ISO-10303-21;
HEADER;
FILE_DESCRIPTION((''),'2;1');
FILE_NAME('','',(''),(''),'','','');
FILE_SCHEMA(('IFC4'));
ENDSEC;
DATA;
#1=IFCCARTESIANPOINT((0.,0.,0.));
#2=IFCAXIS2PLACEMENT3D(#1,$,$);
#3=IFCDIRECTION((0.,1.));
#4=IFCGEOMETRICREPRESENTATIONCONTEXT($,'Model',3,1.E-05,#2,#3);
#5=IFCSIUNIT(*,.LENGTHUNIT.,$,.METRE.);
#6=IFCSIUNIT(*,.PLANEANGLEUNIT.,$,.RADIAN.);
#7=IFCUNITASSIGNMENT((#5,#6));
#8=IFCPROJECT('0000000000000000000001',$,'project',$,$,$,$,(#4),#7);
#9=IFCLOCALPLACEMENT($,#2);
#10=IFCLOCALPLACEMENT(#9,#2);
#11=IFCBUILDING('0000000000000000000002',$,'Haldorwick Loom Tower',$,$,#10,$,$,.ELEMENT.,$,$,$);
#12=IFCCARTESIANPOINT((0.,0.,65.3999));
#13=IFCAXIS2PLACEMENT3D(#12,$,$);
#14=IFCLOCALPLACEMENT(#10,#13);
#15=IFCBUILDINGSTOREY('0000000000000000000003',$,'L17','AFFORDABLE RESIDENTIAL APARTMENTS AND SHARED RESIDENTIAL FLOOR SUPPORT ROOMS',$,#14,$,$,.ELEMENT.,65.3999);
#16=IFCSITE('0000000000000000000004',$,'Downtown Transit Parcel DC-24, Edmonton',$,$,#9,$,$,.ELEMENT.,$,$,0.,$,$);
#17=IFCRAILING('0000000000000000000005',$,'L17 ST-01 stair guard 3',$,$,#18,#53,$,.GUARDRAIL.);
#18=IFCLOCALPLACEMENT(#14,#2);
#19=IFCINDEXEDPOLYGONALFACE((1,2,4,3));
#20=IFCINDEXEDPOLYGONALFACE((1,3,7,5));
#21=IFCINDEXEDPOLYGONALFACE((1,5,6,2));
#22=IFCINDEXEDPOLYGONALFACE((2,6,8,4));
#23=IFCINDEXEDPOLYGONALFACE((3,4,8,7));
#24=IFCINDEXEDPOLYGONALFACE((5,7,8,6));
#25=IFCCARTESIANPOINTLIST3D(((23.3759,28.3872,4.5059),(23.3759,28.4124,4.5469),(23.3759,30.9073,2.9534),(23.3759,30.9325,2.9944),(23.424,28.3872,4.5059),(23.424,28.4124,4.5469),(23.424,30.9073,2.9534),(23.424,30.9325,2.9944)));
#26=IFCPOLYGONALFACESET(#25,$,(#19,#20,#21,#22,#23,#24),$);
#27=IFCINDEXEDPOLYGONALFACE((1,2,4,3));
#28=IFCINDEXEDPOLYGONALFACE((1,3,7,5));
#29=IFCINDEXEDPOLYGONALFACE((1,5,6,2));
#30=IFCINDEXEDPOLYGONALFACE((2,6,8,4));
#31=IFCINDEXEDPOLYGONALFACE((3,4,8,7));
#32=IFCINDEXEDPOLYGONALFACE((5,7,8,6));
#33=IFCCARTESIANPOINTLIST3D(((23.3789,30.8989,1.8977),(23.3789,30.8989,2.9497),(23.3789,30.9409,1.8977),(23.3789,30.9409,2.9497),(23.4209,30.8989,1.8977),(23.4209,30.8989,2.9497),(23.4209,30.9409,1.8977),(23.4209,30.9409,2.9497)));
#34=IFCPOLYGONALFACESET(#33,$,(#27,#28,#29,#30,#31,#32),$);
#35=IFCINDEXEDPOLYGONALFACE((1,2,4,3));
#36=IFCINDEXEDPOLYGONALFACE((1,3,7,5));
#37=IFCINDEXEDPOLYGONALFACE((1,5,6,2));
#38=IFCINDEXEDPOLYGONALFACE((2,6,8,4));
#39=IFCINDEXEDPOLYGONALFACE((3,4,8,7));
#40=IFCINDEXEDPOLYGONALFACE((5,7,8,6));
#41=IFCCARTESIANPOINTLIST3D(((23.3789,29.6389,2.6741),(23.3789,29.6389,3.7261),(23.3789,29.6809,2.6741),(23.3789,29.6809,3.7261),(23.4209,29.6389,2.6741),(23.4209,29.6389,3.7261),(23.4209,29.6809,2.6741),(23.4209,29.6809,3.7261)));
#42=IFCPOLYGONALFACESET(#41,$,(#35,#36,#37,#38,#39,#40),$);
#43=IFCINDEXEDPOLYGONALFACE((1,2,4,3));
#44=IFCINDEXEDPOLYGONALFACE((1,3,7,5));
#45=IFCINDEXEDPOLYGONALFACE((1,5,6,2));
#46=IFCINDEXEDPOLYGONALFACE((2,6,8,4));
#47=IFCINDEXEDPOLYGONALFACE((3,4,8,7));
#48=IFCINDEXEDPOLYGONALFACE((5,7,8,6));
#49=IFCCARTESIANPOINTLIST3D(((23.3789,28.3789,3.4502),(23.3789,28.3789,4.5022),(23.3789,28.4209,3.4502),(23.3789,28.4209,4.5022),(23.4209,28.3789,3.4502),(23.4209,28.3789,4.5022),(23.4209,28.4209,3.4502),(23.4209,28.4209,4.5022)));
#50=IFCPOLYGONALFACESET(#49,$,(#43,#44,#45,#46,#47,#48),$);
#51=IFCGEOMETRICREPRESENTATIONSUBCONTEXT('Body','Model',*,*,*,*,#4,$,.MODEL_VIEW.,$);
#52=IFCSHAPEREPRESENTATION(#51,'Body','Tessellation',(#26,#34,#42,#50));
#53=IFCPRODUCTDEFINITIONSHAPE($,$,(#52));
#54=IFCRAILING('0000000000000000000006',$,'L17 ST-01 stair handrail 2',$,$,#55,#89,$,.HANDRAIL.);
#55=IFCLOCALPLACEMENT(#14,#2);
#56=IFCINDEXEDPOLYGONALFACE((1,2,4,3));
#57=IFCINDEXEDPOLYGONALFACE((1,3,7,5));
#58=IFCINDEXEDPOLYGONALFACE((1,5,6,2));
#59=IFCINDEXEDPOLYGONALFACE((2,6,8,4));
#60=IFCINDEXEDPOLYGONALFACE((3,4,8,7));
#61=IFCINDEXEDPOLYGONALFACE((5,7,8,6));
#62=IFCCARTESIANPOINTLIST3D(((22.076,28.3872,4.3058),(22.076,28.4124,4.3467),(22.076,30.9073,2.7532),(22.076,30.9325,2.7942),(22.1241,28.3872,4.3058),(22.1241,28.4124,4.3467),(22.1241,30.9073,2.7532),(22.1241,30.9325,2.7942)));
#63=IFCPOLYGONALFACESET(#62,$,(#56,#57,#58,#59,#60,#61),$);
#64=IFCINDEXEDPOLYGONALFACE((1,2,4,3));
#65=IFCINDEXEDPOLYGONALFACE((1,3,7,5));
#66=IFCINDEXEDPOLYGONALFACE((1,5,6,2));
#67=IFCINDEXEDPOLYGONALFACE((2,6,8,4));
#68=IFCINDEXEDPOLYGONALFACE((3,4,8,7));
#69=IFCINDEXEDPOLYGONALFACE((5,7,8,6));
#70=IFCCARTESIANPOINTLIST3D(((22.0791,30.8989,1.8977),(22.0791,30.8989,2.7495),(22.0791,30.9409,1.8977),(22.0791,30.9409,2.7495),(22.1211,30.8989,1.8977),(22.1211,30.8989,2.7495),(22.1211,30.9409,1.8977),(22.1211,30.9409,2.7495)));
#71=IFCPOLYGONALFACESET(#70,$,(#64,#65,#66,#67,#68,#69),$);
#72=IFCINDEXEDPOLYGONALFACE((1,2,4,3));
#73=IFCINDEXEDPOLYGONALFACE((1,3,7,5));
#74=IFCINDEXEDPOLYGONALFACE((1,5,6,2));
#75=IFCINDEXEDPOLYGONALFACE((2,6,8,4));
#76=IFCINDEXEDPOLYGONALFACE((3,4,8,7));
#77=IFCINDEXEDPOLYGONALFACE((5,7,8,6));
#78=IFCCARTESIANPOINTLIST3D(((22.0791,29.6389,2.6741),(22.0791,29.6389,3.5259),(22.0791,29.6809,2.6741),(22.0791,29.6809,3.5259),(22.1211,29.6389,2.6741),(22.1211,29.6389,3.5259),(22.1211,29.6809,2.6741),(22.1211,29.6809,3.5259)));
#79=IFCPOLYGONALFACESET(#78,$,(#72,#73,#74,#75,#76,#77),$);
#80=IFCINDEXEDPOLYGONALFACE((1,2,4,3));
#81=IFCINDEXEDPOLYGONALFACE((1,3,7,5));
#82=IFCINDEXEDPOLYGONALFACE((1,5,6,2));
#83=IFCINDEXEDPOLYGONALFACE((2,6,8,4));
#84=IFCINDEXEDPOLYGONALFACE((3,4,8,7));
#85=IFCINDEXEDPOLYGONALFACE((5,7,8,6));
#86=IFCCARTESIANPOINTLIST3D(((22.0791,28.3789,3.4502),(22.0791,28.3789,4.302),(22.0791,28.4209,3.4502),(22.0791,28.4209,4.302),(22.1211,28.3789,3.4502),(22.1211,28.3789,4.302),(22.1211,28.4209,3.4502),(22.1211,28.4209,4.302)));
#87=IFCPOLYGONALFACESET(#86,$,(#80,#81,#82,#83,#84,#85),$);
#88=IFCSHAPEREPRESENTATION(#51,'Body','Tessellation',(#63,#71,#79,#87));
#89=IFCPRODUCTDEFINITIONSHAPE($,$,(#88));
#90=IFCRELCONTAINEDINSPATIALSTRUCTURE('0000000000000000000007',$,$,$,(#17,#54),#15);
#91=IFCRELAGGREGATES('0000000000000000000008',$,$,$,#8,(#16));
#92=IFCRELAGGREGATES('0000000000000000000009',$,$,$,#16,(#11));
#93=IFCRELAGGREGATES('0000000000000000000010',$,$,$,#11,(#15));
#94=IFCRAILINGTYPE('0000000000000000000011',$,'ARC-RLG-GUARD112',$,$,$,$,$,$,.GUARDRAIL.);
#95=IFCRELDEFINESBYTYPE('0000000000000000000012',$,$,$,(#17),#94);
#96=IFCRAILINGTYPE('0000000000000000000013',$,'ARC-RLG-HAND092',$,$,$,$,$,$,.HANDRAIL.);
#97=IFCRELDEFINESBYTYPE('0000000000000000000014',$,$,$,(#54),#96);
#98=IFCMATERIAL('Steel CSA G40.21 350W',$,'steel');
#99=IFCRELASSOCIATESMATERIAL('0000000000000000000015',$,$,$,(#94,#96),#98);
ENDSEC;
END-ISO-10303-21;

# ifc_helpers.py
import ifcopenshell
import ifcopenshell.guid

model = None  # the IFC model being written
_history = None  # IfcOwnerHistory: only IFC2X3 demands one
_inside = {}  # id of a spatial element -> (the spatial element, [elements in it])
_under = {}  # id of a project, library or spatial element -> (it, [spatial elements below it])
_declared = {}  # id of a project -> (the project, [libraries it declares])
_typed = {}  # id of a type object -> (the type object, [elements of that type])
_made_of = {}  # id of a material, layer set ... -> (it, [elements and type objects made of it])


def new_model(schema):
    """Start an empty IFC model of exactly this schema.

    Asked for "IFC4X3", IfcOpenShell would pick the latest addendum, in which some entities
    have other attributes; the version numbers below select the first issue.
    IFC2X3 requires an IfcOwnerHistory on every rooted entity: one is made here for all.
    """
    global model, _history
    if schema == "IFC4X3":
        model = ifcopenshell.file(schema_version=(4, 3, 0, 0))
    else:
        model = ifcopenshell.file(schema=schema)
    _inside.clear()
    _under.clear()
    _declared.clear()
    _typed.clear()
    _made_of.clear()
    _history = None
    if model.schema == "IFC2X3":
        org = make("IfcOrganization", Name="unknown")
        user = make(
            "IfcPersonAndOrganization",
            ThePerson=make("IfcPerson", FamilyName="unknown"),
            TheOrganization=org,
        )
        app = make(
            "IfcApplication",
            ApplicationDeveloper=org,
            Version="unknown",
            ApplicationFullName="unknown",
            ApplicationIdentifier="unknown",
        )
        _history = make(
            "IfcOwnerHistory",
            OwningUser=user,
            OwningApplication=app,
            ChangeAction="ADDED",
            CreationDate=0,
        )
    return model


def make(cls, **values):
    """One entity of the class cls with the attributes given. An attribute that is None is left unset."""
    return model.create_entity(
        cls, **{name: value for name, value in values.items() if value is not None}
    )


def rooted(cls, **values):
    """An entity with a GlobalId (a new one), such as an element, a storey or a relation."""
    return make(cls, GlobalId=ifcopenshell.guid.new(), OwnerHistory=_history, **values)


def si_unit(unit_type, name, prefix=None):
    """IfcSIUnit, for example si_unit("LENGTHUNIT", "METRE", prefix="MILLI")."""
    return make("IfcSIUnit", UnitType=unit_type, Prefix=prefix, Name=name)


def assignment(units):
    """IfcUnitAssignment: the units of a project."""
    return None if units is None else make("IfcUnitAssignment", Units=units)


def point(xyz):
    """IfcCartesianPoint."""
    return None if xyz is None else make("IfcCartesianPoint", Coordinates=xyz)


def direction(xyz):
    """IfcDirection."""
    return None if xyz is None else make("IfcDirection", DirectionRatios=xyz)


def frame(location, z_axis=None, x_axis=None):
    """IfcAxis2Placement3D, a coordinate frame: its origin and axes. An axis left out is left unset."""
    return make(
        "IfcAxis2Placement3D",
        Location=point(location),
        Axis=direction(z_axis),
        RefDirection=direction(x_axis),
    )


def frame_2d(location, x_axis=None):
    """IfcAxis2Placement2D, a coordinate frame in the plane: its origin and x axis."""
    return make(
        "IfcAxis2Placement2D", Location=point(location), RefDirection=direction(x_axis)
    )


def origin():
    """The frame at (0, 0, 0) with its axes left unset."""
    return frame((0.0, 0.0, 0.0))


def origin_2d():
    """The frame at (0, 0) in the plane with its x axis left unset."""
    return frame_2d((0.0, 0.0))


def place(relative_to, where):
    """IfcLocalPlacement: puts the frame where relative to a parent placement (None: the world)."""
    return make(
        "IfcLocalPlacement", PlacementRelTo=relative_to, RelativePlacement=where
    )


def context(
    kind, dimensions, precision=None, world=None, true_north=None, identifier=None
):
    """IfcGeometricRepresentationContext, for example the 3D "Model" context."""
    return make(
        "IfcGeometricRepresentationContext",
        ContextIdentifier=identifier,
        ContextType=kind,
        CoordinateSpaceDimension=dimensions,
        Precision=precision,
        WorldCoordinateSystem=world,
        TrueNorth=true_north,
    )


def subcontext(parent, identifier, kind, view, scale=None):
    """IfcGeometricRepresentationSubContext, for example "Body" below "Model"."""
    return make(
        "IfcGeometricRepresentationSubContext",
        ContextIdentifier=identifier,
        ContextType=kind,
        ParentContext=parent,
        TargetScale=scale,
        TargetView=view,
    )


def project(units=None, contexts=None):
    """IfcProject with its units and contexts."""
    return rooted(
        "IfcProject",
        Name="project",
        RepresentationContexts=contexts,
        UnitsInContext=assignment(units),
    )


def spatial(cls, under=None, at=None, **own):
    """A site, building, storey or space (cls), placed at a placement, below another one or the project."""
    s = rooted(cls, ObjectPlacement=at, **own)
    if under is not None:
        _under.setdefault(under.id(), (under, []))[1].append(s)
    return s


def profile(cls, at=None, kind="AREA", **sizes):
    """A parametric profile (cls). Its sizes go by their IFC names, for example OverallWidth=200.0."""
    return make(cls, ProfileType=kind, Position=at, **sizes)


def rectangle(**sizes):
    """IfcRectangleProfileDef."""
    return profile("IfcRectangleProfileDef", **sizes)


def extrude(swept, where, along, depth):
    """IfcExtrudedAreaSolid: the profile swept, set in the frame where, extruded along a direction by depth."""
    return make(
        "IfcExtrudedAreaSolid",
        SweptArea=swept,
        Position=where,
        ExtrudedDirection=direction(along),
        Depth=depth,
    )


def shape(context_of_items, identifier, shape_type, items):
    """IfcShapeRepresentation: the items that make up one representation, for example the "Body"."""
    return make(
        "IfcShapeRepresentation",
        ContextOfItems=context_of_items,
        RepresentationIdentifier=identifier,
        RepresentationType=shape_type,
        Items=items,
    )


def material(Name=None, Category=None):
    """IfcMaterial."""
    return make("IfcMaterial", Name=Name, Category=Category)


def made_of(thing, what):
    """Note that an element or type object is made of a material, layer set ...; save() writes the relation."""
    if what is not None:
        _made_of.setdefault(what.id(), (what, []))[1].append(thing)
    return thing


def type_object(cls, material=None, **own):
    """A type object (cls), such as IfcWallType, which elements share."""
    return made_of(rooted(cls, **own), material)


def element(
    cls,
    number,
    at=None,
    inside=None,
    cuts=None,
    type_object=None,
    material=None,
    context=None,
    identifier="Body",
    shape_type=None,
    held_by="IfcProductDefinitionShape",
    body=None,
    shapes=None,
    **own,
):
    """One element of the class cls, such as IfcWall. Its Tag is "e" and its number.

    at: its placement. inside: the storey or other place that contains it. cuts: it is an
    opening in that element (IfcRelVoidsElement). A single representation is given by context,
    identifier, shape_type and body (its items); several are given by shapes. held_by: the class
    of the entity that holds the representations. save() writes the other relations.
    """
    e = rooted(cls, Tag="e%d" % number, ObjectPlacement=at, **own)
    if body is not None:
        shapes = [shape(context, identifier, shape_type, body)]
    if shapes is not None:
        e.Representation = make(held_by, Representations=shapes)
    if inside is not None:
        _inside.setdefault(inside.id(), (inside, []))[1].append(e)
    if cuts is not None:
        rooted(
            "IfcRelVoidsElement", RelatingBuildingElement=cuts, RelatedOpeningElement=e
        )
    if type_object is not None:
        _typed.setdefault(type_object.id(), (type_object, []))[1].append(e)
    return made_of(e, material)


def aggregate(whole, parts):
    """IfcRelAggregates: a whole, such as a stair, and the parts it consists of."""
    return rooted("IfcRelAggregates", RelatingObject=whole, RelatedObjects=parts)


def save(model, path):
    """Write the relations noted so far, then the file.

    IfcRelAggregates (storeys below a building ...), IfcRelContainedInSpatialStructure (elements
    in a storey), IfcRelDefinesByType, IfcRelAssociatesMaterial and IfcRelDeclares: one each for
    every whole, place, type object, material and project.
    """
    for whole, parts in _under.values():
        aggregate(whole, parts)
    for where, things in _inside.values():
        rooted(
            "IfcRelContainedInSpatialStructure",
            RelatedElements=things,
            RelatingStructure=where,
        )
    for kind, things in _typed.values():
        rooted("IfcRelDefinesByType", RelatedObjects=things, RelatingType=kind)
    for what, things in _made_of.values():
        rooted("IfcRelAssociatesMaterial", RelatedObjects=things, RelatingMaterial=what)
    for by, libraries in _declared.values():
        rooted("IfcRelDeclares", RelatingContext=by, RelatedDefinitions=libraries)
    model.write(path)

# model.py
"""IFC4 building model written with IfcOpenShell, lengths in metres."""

from ifc_helpers import new_model, si_unit, direction, frame, origin, origin_2d, place, context, subcontext, project, spatial, rectangle, extrude, material, type_object, element, save


model = new_model("IFC4")

# Units and contexts
model_context = context("Model", 3, precision=1e-05, world=origin(), true_north=direction((0.0, 1.0)))
body_context = subcontext(model_context, "Body", "Model", "MODEL_VIEW")
ifc_project = project(units=[si_unit("LENGTHUNIT", "METRE"), si_unit("PLANEANGLEUNIT", "RADIAN")], contexts=[model_context])

# Site, building, storey
site_placement = place(None, origin())
site = spatial("IfcSite", under=ifc_project, at=site_placement, Name="Downtown Transit Parcel DC-24, Edmonton", CompositionType="ELEMENT", RefElevation=0.0)
building_placement = place(site_placement, origin())
building = spatial("IfcBuilding", under=site, at=building_placement, Name="Haldorwick Loom Tower", CompositionType="ELEMENT")
storey_placement = place(building_placement, frame((0.0, 0.0, 65.3999)))
storey = spatial("IfcBuildingStorey", under=building, at=storey_placement, Name="L17", Description="AFFORDABLE RESIDENTIAL APARTMENTS AND SHARED RESIDENTIAL FLOOR SUPPORT ROOMS", CompositionType="ELEMENT", Elevation=65.3999)

# Shared definitions
ifc_material_1 = material(Name="Steel CSA G40.21 350W", Category="steel")

# Railings
railing_type_1 = type_object("IfcRailingType", Name="ARC-RLG-GUARD112", PredefinedType="GUARDRAIL", material=ifc_material_1)
railing_1_placement = place(storey_placement, frame((23.3999, 30.9199, 1.8977)))
element("IfcRailing", 1, at=railing_1_placement, inside=storey, type_object=railing_type_1, Name="L17 ST-01 stair guard 3", PredefinedType="GUARDRAIL", context=body_context, shape_type="SweptSolid", body=[
    extrude(rectangle(XDim=0.0481, YDim=0.0481, at=origin_2d()), frame((0.0, 0.0, 1.0762), z_axis=(0.0, -0.8514, 0.524516), x_axis=(1.0, 0.0, 0.0)), (0.0, 0.0, 1.0), 2.96),
    extrude(rectangle(XDim=0.042, YDim=0.042, at=origin_2d()), origin(), (0.0, 0.0, 1.0), 1.052),
    extrude(rectangle(XDim=0.042, YDim=0.042, at=origin_2d()), frame((0.0, -1.26, 0.7764)), (0.0, 0.0, 1.0), 1.052),
    extrude(rectangle(XDim=0.042, YDim=0.042, at=origin_2d()), frame((0.0, -2.52, 1.5525)), (0.0, 0.0, 1.0), 1.052),
])
railing_type_2 = type_object("IfcRailingType", Name="ARC-RLG-HAND092", PredefinedType="HANDRAIL", material=ifc_material_1)
railing_2_placement = place(storey_placement, frame((22.1001, 30.9199, 1.8977)))
element("IfcRailing", 2, at=railing_2_placement, inside=storey, type_object=railing_type_2, Name="L17 ST-01 stair handrail 2", PredefinedType="HANDRAIL", context=body_context, shape_type="SweptSolid", body=[
    extrude(rectangle(XDim=0.0481, YDim=0.0481, at=origin_2d()), frame((0.0, 0.0, 0.876), z_axis=(0.0, -0.8514, 0.524516), x_axis=(1.0, 0.0, 0.0)), (0.0, 0.0, 1.0), 2.96),
    extrude(rectangle(XDim=0.042, YDim=0.042, at=origin_2d()), origin(), (0.0, 0.0, 1.0), 0.8518),
    extrude(rectangle(XDim=0.042, YDim=0.042, at=origin_2d()), frame((0.0, -1.26, 0.7764)), (0.0, 0.0, 1.0), 0.8518),
    extrude(rectangle(XDim=0.042, YDim=0.042, at=origin_2d()), frame((0.0, -2.52, 1.5525)), (0.0, 0.0, 1.0), 0.8518),
])

save(model, "model.ifc")
